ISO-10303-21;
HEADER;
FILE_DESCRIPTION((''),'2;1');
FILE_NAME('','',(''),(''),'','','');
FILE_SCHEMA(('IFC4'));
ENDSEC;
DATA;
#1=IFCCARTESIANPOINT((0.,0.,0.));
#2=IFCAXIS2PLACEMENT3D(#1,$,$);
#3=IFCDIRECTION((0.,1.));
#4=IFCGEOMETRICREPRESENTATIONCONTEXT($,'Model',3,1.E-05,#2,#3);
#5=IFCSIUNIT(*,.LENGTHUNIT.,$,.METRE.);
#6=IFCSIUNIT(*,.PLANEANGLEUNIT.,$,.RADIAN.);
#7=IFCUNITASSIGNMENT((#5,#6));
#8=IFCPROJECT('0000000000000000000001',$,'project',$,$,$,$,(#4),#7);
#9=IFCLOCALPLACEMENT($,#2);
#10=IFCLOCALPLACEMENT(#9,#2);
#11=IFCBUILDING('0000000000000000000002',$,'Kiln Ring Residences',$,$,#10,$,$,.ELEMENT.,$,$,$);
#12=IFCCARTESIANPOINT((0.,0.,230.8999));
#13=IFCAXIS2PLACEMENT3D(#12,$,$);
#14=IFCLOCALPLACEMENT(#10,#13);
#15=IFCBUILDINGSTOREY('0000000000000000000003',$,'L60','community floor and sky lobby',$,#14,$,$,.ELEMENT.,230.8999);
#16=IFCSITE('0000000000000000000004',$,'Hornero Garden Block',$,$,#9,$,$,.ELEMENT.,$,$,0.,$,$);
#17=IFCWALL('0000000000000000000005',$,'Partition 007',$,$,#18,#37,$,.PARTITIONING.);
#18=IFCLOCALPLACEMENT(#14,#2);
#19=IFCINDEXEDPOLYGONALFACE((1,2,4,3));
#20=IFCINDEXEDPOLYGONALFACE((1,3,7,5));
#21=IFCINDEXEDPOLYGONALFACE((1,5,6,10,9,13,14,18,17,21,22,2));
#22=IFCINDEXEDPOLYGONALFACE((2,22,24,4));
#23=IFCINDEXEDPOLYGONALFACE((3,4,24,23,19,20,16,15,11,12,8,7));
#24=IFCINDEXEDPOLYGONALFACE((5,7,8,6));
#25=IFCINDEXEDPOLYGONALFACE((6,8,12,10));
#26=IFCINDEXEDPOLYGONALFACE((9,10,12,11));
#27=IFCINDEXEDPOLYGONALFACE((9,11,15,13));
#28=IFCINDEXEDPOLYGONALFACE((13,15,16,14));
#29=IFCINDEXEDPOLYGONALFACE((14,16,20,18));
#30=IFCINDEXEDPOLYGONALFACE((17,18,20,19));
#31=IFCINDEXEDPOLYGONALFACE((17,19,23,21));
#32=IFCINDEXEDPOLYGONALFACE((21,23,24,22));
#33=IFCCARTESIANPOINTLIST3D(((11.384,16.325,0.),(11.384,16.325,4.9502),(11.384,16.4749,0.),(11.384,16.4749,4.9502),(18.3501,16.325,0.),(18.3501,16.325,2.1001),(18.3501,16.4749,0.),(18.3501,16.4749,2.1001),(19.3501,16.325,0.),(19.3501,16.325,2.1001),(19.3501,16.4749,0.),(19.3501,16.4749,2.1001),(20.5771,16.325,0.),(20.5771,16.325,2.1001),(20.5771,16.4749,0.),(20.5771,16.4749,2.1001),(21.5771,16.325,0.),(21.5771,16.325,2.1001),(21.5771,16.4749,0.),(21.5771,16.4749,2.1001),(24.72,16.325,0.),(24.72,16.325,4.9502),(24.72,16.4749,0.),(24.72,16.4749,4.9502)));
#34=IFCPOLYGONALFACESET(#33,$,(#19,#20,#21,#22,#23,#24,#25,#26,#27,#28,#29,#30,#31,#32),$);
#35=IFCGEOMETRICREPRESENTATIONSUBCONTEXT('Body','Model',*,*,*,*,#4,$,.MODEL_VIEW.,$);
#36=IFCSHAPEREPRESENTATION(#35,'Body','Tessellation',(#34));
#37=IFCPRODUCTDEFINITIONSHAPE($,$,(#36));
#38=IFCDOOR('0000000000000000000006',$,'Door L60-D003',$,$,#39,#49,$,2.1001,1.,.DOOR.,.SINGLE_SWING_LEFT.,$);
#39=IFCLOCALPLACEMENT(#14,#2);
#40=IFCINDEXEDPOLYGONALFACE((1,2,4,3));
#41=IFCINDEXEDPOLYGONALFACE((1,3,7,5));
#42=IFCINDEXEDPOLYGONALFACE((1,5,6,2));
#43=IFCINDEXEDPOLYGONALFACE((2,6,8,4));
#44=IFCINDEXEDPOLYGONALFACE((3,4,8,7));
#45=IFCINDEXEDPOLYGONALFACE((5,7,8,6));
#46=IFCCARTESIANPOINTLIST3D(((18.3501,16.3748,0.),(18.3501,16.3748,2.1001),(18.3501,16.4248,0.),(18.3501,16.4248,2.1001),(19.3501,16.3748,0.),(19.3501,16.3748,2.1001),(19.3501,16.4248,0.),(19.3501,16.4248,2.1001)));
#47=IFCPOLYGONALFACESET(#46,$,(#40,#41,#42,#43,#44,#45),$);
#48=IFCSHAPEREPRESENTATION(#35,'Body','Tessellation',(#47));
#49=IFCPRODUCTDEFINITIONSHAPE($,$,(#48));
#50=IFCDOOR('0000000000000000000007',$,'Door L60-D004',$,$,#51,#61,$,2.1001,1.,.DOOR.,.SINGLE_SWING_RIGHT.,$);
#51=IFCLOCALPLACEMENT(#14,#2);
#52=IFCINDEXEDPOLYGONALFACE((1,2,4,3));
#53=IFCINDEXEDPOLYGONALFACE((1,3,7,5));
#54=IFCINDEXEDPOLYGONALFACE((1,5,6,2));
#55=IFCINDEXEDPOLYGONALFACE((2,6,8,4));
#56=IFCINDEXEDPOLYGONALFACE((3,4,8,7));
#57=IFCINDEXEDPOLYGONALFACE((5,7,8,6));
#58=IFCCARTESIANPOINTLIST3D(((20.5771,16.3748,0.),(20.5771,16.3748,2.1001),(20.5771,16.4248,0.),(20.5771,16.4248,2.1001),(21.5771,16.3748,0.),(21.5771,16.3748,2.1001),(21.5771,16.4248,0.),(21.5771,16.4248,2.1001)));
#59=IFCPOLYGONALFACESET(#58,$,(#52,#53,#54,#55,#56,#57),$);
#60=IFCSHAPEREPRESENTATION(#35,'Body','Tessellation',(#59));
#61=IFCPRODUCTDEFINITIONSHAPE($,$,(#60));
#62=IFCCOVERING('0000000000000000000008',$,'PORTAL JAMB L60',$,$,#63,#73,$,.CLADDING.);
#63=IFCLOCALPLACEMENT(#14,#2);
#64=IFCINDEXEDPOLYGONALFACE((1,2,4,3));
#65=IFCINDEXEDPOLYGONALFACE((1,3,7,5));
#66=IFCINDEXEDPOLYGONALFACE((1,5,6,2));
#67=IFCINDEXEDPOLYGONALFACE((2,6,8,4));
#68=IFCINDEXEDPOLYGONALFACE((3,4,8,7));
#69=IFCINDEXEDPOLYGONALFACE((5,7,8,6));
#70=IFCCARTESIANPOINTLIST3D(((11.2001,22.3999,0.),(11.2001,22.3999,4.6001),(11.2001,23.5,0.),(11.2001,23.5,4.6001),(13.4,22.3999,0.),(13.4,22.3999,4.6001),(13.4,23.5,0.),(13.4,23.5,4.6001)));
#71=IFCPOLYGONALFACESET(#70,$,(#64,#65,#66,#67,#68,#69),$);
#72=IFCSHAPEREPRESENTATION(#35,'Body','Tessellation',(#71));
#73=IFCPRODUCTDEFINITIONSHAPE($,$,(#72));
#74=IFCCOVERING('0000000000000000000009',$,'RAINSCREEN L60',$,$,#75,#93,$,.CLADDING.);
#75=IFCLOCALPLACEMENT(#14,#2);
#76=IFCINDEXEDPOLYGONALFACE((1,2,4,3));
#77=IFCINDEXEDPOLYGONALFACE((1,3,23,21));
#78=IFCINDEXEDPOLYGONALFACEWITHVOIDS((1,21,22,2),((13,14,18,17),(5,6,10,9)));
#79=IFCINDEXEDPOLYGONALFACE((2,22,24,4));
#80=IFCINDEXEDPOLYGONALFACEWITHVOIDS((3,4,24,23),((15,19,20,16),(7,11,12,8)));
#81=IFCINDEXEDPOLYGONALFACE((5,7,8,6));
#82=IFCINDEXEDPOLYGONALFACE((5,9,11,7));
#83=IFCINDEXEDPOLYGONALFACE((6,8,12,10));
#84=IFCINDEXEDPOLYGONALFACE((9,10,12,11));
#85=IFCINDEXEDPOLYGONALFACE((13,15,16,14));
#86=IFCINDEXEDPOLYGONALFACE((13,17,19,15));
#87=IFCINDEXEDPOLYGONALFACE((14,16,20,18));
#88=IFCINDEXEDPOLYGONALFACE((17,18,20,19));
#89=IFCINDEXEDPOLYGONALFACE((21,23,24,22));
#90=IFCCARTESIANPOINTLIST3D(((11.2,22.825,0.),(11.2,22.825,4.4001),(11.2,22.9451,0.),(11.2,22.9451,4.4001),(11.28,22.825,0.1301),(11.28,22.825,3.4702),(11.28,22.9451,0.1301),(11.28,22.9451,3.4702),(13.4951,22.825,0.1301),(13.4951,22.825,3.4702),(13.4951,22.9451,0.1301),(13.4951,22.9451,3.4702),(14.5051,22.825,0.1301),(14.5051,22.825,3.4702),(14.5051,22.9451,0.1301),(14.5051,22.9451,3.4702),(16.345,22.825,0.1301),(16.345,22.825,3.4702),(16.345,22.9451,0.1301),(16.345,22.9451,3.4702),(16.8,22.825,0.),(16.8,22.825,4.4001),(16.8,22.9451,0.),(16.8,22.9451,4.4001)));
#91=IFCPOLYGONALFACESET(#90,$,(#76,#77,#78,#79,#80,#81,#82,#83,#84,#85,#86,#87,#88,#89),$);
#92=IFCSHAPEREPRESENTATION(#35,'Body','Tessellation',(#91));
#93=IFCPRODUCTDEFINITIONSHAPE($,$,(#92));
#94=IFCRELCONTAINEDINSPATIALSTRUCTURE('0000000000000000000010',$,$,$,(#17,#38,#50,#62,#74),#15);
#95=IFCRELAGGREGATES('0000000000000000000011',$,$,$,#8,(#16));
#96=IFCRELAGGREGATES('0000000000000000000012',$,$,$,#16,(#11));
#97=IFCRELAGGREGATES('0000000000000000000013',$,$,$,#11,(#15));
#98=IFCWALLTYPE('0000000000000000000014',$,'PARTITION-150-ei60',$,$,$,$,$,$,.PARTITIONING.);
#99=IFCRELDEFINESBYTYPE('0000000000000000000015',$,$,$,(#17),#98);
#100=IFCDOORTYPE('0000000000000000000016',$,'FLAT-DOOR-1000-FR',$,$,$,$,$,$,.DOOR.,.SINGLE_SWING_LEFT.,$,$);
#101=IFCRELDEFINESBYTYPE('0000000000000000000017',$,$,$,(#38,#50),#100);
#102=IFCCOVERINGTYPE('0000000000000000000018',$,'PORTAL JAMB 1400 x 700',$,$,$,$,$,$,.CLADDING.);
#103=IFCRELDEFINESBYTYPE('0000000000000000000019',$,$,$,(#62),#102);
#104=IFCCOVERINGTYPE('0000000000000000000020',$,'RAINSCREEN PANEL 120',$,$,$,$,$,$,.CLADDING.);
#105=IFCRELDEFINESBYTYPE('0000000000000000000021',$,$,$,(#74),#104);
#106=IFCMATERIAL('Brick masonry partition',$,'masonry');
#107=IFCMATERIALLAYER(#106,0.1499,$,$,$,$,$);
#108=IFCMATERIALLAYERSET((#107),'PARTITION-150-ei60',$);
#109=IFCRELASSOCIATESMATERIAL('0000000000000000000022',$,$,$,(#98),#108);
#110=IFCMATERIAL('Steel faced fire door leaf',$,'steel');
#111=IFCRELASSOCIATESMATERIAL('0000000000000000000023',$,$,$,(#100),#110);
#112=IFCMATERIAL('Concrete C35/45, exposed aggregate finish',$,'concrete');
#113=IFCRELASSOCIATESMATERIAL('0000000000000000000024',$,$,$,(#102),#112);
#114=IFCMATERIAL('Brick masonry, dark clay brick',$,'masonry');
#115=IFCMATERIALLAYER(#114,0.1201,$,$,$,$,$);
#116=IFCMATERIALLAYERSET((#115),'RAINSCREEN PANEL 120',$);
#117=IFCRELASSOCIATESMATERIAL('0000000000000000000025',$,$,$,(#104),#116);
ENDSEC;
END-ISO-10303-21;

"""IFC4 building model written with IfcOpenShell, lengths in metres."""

from ifc_helpers import new_model, si_unit, direction, frame, frame_2d, origin, origin_2d, place, context, subcontext, project, spatial, polyline, rectangle, outline, extrude, material, layer, layer_set, type_object, element, fill, save


model = new_model("IFC4")

# Units and contexts
model_context = context("Model", 3, precision=1e-05, world=origin(), true_north=direction((0.0, 1.0)))
body_context = subcontext(model_context, "Body", "Model", "MODEL_VIEW")
ifc_project = project(units=[si_unit("LENGTHUNIT", "METRE"), si_unit("PLANEANGLEUNIT", "RADIAN")], contexts=[model_context])

# Site, building, storey
site_placement = place(None, origin())
site = spatial("IfcSite", under=ifc_project, at=site_placement, Name="Hornero Garden Block", CompositionType="ELEMENT", RefElevation=0.0)
building_placement = place(site_placement, origin())
building = spatial("IfcBuilding", under=site, at=building_placement, Name="Kiln Ring Residences", CompositionType="ELEMENT")
storey_placement = place(building_placement, frame((0.0, 0.0, 230.8999)))
storey = spatial("IfcBuildingStorey", under=building, at=storey_placement, Name="L60", Description="community floor and sky lobby", CompositionType="ELEMENT", Elevation=230.8999)

# Wall, openings, doors
ifc_material_1 = material(Name="Brick masonry partition", Category="masonry")
ifc_layer_1 = layer(ifc_material_1, 0.1499)
ifc_layer_set_1 = layer_set([ifc_layer_1], Name="PARTITION-150-ei60")
wall_type_1 = type_object("IfcWallType", Name="PARTITION-150-ei60", PredefinedType="PARTITIONING", material=ifc_layer_set_1)
ifc_material_2 = material(Name="Steel faced fire door leaf", Category="steel")
door_type_1 = type_object("IfcDoorType", Name="FLAT-DOOR-1000-FR", OperationType="SINGLE_SWING_LEFT", PredefinedType="DOOR", material=ifc_material_2)
wall_1_placement = place(storey_placement, frame((11.384, 16.3999, 0.0), z_axis=(0.0, 0.0, 1.0), x_axis=(1.0, 0.0, 0.0)))
wall_1 = element("IfcWall", 1, at=wall_1_placement, inside=storey, type_object=wall_type_1, Name="Partition 007", PredefinedType="PARTITIONING", context=body_context, shape_type="SweptSolid", body=[
    extrude(rectangle(XDim=13.3359, YDim=0.1499, at=frame_2d((6.668, 0.0))), origin(), (0.0, 0.0, 1.0), 4.9502),
])
opening_1_placement = place(wall_1_placement, frame((6.9661, 0.0, 0.0)))
opening_1 = element("IfcOpeningElement", 2, at=opening_1_placement, cuts=wall_1, PredefinedType="OPENING", context=body_context, shape_type="SweptSolid", body=[
    extrude(rectangle(XDim=1.0, YDim=2.1001, at=frame_2d((0.5, 1.05))), frame((0.0, 0.085, 0.0), z_axis=(0.0, -1.0, 0.0), x_axis=(1.0, 0.0, 0.0)), (0.0, 0.0, 1.0), 0.1699),
])
opening_2_placement = place(wall_1_placement, frame((9.1931, 0.0, 0.0)))
opening_2 = element("IfcOpeningElement", 3, at=opening_2_placement, cuts=wall_1, PredefinedType="OPENING", context=body_context, shape_type="SweptSolid", body=[
    extrude(rectangle(XDim=1.0, YDim=2.1001, at=frame_2d((0.5, 1.05))), frame((0.0, 0.085, 0.0), z_axis=(0.0, -1.0, 0.0), x_axis=(1.0, 0.0, 0.0)), (0.0, 0.0, 1.0), 0.1699),
])
door_1_placement = place(opening_1_placement, origin())
door_1 = element("IfcDoor", 4, at=door_1_placement, inside=storey, type_object=door_type_1, Name="Door L60-D003", OperationType="SINGLE_SWING_LEFT", OverallHeight=2.1001, OverallWidth=1.0, PredefinedType="DOOR", context=body_context, shape_type="SweptSolid", body=[
    extrude(rectangle(XDim=1.0, YDim=2.1001, at=frame_2d((0.5, 1.05))), frame((0.0, 0.0249, 0.0), z_axis=(0.0, -1.0, 0.0), x_axis=(1.0, 0.0, 0.0)), (0.0, 0.0, 1.0), 0.05),
])
fill(opening_1, door_1)
door_2_placement = place(opening_2_placement, origin())
door_2 = element("IfcDoor", 5, at=door_2_placement, inside=storey, type_object=door_type_1, Name="Door L60-D004", OperationType="SINGLE_SWING_RIGHT", OverallHeight=2.1001, OverallWidth=1.0, PredefinedType="DOOR", context=body_context, shape_type="SweptSolid", body=[
    extrude(rectangle(XDim=1.0, YDim=2.1001, at=frame_2d((0.5, 1.05))), frame((0.0, 0.0249, 0.0), z_axis=(0.0, -1.0, 0.0), x_axis=(1.0, 0.0, 0.0)), (0.0, 0.0, 1.0), 0.05),
])
fill(opening_2, door_2)

# Coverings
ifc_material_3 = material(Name="Concrete C35/45, exposed aggregate finish", Category="concrete")
covering_type_1 = type_object("IfcCoveringType", Name="PORTAL JAMB 1400 x 700", PredefinedType="CLADDING", material=ifc_material_3)
covering_1_placement = place(storey_placement, frame((12.3, 22.95, 0.0), z_axis=(0.0, 0.0, 1.0), x_axis=(1.0, 0.0, 0.0)))
element("IfcCovering", 6, at=covering_1_placement, inside=storey, type_object=covering_type_1, Name="PORTAL JAMB L60", PredefinedType="CLADDING", context=body_context, shape_type="SweptSolid", body=[
    extrude(rectangle(XDim=2.2, YDim=1.1001, at=origin_2d()), origin(), (0.0, 0.0, 1.0), 4.6001),
])
ifc_material_4 = material(Name="Brick masonry, dark clay brick", Category="masonry")
ifc_layer_2 = layer(ifc_material_4, 0.1201)
ifc_layer_set_2 = layer_set([ifc_layer_2], Name="RAINSCREEN PANEL 120")
covering_type_2 = type_object("IfcCoveringType", Name="RAINSCREEN PANEL 120", PredefinedType="CLADDING", material=ifc_layer_set_2)
covering_2_placement = place(storey_placement, frame((16.8, 22.885, 0.0), z_axis=(0.0, 0.0, 1.0), x_axis=(-1.0, 0.0, 0.0)))
element("IfcCovering", 7, at=covering_2_placement, inside=storey, type_object=covering_type_2, Name="RAINSCREEN L60", PredefinedType="CLADDING", context=body_context, shape_type="SweptSolid", body=[
    extrude(outline(polyline([(0.0, 0.0), (5.6001, 0.0), (5.6001, 4.4001), (0.0, 4.4001), (0.0, 0.0)]), holes=[polyline([(2.2949, 3.4702), (0.4551, 3.4702), (0.4551, 0.1301), (2.2949, 0.1301), (2.2949, 3.4702)]), polyline([(5.52, 3.4702), (3.3049, 3.4702), (3.3049, 0.1301), (5.52, 0.1301), (5.52, 3.4702)])]), frame((0.0, 0.0601, 0.0), z_axis=(0.0, -1.0, 0.0), x_axis=(1.0, 0.0, 0.0)), (0.0, 0.0, 1.0), 0.1201),
])

save(model, "model.ifc")
